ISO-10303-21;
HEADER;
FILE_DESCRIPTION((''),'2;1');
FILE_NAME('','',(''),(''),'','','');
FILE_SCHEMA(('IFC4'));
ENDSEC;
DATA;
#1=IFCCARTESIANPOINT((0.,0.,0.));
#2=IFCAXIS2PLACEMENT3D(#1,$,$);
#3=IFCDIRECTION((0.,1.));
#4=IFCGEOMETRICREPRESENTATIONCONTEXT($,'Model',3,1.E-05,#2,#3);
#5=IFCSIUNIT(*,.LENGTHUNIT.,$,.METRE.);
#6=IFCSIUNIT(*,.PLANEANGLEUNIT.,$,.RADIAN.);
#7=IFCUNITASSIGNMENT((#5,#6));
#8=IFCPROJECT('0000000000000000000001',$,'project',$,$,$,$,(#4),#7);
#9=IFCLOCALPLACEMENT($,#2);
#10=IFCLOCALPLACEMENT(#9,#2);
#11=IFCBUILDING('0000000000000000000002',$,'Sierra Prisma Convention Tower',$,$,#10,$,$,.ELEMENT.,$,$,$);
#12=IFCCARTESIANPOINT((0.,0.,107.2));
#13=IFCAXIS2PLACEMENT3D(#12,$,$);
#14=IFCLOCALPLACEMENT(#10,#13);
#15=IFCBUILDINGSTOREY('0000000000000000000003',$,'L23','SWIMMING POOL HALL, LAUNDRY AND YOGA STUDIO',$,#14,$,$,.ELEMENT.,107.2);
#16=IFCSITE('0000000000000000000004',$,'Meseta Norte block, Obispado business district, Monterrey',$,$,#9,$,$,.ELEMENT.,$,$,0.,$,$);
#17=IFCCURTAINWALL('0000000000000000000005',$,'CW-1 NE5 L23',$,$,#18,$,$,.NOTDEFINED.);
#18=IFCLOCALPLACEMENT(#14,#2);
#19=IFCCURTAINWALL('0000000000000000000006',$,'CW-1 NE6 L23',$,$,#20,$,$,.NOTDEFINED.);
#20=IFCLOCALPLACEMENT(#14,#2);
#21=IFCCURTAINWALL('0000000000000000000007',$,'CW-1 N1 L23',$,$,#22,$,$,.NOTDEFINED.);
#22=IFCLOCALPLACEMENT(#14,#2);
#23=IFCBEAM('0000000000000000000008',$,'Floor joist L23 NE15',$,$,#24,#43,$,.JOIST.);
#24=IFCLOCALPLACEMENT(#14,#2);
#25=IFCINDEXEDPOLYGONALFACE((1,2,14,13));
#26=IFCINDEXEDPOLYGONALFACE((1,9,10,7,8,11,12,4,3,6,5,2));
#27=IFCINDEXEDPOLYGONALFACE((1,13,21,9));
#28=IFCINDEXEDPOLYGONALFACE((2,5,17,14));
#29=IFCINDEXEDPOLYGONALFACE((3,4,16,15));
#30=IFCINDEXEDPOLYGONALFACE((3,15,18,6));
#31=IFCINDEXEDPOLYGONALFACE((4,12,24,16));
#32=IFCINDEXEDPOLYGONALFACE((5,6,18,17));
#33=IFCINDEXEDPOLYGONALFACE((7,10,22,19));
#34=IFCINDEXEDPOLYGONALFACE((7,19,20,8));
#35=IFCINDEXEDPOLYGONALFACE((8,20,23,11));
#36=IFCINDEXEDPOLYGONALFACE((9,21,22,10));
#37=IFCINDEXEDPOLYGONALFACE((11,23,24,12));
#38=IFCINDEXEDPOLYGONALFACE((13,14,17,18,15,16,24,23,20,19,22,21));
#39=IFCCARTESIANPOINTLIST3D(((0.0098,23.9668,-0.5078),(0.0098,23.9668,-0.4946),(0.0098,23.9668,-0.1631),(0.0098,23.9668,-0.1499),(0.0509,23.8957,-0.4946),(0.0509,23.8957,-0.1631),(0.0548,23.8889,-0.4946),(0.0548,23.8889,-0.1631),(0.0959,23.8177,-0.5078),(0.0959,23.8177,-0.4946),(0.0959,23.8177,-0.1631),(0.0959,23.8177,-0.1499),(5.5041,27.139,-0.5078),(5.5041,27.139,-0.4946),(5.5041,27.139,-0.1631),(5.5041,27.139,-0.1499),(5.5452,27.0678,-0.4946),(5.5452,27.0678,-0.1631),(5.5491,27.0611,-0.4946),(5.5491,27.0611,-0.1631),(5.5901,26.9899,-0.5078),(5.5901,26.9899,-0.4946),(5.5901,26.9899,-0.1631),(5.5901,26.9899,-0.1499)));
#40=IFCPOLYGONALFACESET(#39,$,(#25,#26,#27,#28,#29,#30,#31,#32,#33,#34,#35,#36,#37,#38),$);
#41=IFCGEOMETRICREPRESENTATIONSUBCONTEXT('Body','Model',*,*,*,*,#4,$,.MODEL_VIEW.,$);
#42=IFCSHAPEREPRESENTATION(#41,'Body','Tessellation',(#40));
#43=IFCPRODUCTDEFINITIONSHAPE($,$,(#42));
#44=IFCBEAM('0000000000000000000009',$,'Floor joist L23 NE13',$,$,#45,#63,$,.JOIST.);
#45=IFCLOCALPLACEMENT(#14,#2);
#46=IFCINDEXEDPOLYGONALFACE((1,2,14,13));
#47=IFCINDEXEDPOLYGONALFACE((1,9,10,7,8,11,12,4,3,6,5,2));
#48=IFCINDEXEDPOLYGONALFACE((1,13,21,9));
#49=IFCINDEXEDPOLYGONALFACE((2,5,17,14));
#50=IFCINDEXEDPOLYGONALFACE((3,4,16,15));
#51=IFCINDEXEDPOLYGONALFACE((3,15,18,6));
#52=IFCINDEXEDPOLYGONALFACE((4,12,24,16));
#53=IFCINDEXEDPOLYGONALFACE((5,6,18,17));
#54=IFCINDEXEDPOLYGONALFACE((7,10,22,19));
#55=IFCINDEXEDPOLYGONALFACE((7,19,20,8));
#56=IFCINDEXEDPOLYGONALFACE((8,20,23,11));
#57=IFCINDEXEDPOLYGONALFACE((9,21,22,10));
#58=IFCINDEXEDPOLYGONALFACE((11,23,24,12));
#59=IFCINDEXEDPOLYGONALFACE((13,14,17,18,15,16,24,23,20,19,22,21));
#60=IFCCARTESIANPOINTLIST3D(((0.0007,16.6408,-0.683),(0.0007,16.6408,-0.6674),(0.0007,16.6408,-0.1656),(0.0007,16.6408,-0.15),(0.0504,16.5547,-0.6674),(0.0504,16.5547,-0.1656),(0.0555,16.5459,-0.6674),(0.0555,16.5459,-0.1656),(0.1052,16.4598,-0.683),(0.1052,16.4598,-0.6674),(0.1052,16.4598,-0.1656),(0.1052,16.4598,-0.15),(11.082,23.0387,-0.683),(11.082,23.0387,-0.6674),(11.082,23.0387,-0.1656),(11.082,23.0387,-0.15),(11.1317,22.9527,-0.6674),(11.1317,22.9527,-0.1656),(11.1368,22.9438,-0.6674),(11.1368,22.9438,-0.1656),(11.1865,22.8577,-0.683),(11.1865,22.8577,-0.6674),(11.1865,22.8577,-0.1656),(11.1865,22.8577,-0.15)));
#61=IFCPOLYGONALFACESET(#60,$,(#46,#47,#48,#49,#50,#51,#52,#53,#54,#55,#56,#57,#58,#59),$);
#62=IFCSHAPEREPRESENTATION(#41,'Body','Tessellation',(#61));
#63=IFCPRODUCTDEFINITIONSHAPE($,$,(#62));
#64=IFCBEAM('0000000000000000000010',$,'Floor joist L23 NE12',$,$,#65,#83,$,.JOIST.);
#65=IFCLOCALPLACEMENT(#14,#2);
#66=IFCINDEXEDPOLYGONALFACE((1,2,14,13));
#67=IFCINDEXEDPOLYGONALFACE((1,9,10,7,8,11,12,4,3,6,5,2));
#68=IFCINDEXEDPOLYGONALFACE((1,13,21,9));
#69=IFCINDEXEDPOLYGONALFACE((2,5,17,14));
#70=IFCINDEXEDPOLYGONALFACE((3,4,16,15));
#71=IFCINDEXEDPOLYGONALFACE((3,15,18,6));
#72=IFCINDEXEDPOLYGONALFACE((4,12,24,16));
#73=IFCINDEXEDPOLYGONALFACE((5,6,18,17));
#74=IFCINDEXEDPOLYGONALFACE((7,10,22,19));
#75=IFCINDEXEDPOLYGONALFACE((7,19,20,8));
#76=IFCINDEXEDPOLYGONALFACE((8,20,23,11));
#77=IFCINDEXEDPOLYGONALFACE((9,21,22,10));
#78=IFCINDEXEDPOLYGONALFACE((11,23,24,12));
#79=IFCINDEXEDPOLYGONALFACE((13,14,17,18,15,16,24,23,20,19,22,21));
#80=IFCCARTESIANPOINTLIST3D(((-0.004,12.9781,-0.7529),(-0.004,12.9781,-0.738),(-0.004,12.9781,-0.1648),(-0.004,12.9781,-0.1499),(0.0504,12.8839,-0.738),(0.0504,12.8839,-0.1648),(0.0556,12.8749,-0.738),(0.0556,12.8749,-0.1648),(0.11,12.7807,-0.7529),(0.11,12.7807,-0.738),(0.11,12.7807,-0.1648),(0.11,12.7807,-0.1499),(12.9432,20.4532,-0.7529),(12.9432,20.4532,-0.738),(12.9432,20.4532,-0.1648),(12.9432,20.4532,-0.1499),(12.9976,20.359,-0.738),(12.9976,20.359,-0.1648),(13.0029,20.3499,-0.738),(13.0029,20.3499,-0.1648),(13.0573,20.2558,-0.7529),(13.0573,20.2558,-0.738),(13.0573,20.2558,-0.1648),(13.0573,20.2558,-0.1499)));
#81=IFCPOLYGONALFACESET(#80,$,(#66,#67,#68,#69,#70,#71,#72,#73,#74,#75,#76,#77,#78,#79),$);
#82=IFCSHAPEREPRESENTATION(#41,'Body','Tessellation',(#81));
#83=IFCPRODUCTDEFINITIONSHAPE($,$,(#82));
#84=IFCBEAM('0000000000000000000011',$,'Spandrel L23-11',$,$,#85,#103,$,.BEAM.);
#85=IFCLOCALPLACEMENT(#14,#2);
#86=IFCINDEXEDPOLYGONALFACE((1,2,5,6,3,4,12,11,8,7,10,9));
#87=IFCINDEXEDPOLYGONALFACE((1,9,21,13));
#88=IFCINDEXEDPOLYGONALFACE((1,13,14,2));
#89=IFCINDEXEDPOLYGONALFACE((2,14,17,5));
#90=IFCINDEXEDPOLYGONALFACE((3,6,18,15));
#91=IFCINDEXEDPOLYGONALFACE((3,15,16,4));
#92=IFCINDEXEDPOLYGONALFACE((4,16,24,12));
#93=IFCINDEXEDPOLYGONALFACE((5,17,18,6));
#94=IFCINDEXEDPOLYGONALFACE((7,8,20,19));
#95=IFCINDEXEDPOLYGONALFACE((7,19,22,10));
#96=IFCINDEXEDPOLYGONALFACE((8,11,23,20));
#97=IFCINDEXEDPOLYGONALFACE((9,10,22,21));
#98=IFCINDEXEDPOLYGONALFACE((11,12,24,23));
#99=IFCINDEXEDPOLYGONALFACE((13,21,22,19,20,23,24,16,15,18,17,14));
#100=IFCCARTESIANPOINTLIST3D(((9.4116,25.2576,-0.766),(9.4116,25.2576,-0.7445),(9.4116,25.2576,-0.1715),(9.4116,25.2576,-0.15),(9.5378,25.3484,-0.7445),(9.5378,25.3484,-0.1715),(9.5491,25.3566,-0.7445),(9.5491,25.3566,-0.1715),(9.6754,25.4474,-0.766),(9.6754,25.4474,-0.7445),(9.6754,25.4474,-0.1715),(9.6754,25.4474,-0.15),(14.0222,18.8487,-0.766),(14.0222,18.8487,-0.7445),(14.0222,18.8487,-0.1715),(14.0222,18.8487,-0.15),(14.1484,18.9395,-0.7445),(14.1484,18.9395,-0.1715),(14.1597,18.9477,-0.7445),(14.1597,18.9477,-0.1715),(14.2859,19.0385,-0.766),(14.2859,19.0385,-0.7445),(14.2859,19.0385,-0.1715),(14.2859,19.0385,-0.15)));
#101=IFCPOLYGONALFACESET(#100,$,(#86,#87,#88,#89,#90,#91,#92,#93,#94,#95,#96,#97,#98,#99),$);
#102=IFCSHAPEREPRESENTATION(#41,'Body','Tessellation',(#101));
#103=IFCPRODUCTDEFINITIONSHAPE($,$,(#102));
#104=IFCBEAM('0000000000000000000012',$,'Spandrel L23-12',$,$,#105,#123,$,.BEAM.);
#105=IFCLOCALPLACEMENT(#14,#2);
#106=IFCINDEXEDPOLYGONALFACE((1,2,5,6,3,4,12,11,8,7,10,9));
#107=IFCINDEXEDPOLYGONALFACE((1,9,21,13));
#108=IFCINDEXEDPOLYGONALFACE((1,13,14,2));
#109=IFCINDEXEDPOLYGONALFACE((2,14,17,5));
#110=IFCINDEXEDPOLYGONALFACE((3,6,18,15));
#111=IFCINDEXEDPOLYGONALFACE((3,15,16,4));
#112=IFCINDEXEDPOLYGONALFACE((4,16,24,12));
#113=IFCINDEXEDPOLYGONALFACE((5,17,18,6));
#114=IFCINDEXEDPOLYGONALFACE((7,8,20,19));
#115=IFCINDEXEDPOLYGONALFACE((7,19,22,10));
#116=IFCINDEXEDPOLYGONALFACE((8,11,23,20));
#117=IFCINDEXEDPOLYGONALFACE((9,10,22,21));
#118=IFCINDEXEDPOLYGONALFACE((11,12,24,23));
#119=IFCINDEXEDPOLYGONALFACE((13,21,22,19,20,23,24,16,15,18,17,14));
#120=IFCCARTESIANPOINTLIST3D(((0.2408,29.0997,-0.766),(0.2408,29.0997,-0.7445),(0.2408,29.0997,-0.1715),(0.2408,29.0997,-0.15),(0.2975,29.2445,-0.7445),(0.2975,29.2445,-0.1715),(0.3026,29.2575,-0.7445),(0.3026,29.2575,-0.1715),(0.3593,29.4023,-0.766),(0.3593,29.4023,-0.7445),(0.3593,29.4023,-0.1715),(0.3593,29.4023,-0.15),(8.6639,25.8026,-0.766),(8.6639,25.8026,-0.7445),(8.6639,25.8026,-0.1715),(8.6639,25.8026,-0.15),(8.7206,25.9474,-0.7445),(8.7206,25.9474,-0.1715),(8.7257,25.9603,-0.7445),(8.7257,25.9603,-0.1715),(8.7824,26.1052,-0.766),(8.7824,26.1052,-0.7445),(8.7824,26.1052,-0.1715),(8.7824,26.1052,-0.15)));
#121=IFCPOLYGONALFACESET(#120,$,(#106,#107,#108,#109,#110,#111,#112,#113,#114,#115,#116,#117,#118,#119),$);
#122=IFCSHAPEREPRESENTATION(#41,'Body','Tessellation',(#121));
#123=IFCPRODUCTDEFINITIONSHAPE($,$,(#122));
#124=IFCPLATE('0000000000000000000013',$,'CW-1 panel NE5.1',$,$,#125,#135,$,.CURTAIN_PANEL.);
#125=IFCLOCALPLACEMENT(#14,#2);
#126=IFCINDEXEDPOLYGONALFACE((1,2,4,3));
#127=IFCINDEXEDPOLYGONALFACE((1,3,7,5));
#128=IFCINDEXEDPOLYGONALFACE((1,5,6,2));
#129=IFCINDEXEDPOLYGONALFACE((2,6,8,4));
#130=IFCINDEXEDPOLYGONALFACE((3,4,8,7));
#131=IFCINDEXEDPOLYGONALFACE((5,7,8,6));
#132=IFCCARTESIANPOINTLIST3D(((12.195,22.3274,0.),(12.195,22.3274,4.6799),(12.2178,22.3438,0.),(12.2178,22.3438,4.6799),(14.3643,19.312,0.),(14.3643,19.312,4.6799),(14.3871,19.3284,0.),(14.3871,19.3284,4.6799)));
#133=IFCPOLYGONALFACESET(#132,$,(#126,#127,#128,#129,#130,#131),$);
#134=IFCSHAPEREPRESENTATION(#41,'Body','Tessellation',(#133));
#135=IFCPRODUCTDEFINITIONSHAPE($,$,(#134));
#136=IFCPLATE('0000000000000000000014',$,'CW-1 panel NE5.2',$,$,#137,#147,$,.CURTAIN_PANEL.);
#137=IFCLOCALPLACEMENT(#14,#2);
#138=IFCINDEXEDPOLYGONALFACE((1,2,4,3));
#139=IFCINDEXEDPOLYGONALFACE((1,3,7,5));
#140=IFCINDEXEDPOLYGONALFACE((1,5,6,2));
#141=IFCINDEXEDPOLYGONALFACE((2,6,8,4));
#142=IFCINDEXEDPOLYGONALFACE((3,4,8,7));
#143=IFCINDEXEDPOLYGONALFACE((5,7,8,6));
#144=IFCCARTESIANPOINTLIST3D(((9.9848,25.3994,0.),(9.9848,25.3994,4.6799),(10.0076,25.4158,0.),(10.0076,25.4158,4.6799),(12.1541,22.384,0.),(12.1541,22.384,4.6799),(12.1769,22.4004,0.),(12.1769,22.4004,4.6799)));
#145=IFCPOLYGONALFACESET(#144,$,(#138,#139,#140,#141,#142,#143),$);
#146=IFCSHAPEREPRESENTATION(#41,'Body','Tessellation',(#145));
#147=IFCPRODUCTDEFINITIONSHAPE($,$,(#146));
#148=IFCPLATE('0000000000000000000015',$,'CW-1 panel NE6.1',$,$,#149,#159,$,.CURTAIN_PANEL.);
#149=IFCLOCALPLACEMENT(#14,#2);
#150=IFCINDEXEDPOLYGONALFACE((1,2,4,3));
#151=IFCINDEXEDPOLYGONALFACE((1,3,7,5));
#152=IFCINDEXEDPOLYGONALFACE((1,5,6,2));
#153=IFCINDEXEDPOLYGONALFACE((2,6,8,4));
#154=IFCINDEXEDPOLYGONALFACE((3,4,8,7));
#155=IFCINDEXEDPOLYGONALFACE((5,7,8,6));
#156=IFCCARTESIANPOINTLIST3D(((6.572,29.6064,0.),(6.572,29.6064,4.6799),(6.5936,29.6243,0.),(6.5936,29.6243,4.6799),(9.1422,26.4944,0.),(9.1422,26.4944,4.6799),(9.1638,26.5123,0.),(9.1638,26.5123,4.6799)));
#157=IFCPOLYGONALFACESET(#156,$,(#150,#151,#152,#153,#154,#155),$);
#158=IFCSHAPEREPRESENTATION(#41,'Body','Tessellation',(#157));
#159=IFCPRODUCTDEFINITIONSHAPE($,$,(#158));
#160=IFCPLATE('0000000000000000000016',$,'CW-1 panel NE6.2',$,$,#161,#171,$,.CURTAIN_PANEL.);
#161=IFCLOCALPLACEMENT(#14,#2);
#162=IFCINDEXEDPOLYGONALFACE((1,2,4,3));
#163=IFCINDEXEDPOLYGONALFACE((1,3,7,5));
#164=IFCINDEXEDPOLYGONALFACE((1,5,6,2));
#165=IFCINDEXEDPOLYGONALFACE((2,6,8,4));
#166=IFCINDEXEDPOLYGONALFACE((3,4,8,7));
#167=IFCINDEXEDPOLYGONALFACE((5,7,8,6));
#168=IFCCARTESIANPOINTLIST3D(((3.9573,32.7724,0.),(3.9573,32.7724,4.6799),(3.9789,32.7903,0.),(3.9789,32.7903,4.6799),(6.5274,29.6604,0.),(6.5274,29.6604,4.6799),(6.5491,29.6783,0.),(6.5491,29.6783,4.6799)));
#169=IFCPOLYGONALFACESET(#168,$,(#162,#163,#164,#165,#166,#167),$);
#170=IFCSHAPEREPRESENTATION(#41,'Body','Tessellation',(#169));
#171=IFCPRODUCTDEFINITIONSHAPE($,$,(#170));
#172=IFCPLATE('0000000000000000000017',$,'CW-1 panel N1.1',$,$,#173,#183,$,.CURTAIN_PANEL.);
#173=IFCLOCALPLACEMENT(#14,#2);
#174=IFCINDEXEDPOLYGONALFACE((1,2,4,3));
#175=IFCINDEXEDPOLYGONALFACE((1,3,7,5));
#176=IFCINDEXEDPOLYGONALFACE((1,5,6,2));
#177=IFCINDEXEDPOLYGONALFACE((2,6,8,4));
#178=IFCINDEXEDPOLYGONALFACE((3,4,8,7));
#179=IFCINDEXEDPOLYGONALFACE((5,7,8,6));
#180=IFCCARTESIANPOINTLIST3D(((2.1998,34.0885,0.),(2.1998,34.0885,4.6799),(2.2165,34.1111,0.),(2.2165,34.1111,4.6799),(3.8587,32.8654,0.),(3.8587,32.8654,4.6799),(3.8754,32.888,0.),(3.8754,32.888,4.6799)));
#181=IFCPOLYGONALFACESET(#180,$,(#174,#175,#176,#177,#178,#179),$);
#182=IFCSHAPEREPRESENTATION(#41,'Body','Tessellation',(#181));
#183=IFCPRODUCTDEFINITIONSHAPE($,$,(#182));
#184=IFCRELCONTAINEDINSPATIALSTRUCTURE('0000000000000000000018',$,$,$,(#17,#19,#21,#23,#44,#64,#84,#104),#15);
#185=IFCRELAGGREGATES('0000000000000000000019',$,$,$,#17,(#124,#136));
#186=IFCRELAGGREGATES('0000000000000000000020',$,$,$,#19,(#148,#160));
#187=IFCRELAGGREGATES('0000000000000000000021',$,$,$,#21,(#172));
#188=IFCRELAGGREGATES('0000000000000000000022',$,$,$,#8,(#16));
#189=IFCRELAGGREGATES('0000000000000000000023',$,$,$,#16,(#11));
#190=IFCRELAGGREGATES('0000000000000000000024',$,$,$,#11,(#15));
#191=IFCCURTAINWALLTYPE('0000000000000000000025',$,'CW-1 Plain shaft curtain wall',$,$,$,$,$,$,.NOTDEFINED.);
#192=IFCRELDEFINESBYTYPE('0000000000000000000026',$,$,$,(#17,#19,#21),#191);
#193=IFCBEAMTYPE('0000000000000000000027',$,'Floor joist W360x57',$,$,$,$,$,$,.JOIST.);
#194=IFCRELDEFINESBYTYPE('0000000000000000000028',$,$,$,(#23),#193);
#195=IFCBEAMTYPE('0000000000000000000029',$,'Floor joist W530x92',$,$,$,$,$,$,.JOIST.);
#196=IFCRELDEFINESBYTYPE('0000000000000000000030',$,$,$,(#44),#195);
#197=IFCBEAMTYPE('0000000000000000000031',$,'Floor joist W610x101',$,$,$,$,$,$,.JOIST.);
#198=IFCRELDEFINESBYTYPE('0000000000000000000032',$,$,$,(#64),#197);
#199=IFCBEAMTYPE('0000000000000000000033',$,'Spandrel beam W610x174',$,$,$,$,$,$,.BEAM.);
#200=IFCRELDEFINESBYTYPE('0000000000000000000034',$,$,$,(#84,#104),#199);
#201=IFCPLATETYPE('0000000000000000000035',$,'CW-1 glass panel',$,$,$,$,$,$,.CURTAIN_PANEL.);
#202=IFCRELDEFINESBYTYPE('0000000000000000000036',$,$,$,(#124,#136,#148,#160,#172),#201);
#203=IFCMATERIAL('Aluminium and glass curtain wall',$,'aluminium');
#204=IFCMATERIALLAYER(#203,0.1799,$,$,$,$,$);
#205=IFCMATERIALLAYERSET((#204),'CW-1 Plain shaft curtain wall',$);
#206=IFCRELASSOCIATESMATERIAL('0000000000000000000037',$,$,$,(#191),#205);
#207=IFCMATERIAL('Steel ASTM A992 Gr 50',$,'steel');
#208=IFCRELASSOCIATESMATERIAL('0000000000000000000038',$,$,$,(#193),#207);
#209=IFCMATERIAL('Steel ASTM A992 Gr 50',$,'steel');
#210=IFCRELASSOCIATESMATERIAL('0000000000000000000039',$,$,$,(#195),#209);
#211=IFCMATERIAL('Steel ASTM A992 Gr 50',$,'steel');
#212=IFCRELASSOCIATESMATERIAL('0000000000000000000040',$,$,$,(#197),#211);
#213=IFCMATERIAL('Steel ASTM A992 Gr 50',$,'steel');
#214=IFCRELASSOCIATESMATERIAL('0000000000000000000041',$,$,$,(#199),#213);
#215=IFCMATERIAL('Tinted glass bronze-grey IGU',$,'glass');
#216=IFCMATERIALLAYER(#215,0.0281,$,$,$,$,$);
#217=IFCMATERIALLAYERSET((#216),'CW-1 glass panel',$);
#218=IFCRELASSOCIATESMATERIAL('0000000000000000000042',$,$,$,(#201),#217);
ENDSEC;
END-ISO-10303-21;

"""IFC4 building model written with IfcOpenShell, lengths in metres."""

from ifc_helpers import new_model, si_unit, direction, frame, origin, origin_2d, place, context, subcontext, project, spatial, rectangle, i_section, extrude, material, layer, layer_set, material_profile, profile_set, type_object, element, aggregate, save


model = new_model("IFC4")

# Units and contexts
model_context = context("Model", 3, precision=1e-05, world=origin(), true_north=direction((0.0, 1.0)))
body_context = subcontext(model_context, "Body", "Model", "MODEL_VIEW")
ifc_project = project(units=[si_unit("LENGTHUNIT", "METRE"), si_unit("PLANEANGLEUNIT", "RADIAN")], contexts=[model_context])

# Site, building, storey
site_placement = place(None, origin())
site = spatial("IfcSite", under=ifc_project, at=site_placement, Name="Meseta Norte block, Obispado business district, Monterrey", CompositionType="ELEMENT", RefElevation=0.0)
building_placement = place(site_placement, origin())
building = spatial("IfcBuilding", under=site, at=building_placement, Name="Sierra Prisma Convention Tower", CompositionType="ELEMENT")
storey_placement = place(building_placement, frame((0.0, 0.0, 107.2)))
storey = spatial("IfcBuildingStorey", under=building, at=storey_placement, Name="L23", Description="SWIMMING POOL HALL, LAUNDRY AND YOGA STUDIO", CompositionType="ELEMENT", Elevation=107.2)

# Shared definitions
ifc_material_1 = material(Name="Aluminium and glass curtain wall", Category="aluminium")
ifc_layer_1 = layer(ifc_material_1, 0.1799)
ifc_layer_set_1 = layer_set([ifc_layer_1], Name="CW-1 Plain shaft curtain wall")
curtain_wall_type = type_object("IfcCurtainWallType", Name="CW-1 Plain shaft curtain wall", PredefinedType="NOTDEFINED", material=ifc_layer_set_1)

# Curtain wall
curtain_wall_1_placement = place(storey_placement, origin())
curtain_wall_1 = element("IfcCurtainWall", 1, at=curtain_wall_1_placement, inside=storey, type_object=curtain_wall_type, Name="CW-1 NE5 L23", PredefinedType="NOTDEFINED")

# Curtain walls
curtain_wall_2_placement = place(storey_placement, origin())
curtain_wall_2 = element("IfcCurtainWall", 2, at=curtain_wall_2_placement, inside=storey, type_object=curtain_wall_type, Name="CW-1 NE6 L23", PredefinedType="NOTDEFINED")
curtain_wall_3_placement = place(storey_placement, origin())
curtain_wall_3 = element("IfcCurtainWall", 3, at=curtain_wall_3_placement, inside=storey, type_object=curtain_wall_type, Name="CW-1 N1 L23", PredefinedType="NOTDEFINED")

# Beams
ifc_material_2 = material(Name="Steel ASTM A992 Gr 50", Category="steel")
ifc_material_profile_1 = material_profile(ifc_material_2, i_section(OverallWidth=0.1721, OverallDepth=0.3579, WebThickness=0.0078, FlangeThickness=0.0132, at=origin_2d()), Name="W360x57")
ifc_profile_set_1 = profile_set([ifc_material_profile_1], Name="Steel ASTM A992 Gr 50")
beam_type_1 = type_object("IfcBeamType", Name="Floor joist W360x57", PredefinedType="JOIST", material=ifc_profile_set_1)
beam_1_placement = place(storey_placement, frame((5.5471, 27.0645, -0.3289), z_axis=(-0.86602, -0.500009, 0.0), x_axis=(0.500009, -0.86602, 0.0)))
element("IfcBeam", 4, at=beam_1_placement, inside=storey, type_object=beam_type_1, Name="Floor joist L23 NE15", PredefinedType="JOIST", context=body_context, shape_type="SweptSolid", body=[
    extrude(i_section(OverallWidth=0.1721, OverallDepth=0.3579, WebThickness=0.0078, FlangeThickness=0.0132, at=origin_2d()), origin(), (0.0, 0.0, 1.0), 6.3442),
])
ifc_material_3 = material(Name="Steel ASTM A992 Gr 50", Category="steel")
ifc_material_profile_2 = material_profile(ifc_material_3, i_section(OverallWidth=0.209, OverallDepth=0.533, WebThickness=0.0103, FlangeThickness=0.0156, at=origin_2d()), Name="W530x92")
ifc_profile_set_2 = profile_set([ifc_material_profile_2], Name="Steel ASTM A992 Gr 50")
beam_type_2 = type_object("IfcBeamType", Name="Floor joist W530x92", PredefinedType="JOIST", material=ifc_profile_set_2)
beam_2_placement = place(storey_placement, frame((11.1343, 22.9482, -0.4165), z_axis=(-0.86602, -0.500009, 0.0), x_axis=(0.500009, -0.86602, 0.0)))
element("IfcBeam", 5, at=beam_2_placement, inside=storey, type_object=beam_type_2, Name="Floor joist L23 NE13", PredefinedType="JOIST", context=body_context, shape_type="SweptSolid", body=[
    extrude(i_section(OverallWidth=0.209, OverallDepth=0.533, WebThickness=0.0103, FlangeThickness=0.0156, at=origin_2d()), origin(), (0.0, 0.0, 1.0), 12.7957),
])
ifc_material_4 = material(Name="Steel ASTM A992 Gr 50", Category="steel")
ifc_material_profile_3 = material_profile(ifc_material_4, i_section(OverallWidth=0.228, OverallDepth=0.603, WebThickness=0.0105, FlangeThickness=0.0149, at=origin_2d()), Name="W610x101")
ifc_profile_set_3 = profile_set([ifc_material_profile_3], Name="Steel ASTM A992 Gr 50")
beam_type_3 = type_object("IfcBeamType", Name="Floor joist W610x101", PredefinedType="JOIST", material=ifc_profile_set_3)
beam_3_placement = place(storey_placement, frame((13.0002, 20.3545, -0.4514), z_axis=(-0.866026, -0.5, 0.0), x_axis=(0.5, -0.866026, 0.0)))
element("IfcBeam", 6, at=beam_3_placement, inside=storey, type_object=beam_type_3, Name="Floor joist L23 NE12", PredefinedType="JOIST", context=body_context, shape_type="SweptSolid", body=[
    extrude(i_section(OverallWidth=0.228, OverallDepth=0.603, WebThickness=0.0105, FlangeThickness=0.0149, at=origin_2d()), origin(), (0.0, 0.0, 1.0), 14.9502),
])
ifc_material_5 = material(Name="Steel ASTM A992 Gr 50", Category="steel")
ifc_material_profile_4 = material_profile(ifc_material_5, i_section(OverallWidth=0.325, OverallDepth=0.616, WebThickness=0.0139, FlangeThickness=0.0215, at=origin_2d()), Name="W610x174")
ifc_profile_set_4 = profile_set([ifc_material_profile_4], Name="Steel ASTM A992 Gr 50")
beam_type_4 = type_object("IfcBeamType", Name="Spandrel beam W610x174", PredefinedType="BEAM", material=ifc_profile_set_4)
beam_4_placement = place(storey_placement, frame((14.1541, 18.9436, -0.458), z_axis=(-0.583985, 0.811765, 0.0), x_axis=(-0.811765, -0.583985, 0.0)))
element("IfcBeam", 7, at=beam_4_placement, inside=storey, type_object=beam_type_4, Name="Spandrel L23-11", PredefinedType="BEAM", context=body_context, shape_type="SweptSolid", body=[
    extrude(i_section(OverallWidth=0.325, OverallDepth=0.616, WebThickness=0.0139, FlangeThickness=0.0215, at=origin_2d()), origin(), (0.0, 0.0, 1.0), 7.895),
])
beam_5_placement = place(storey_placement, frame((8.7231, 25.9539, -0.458), z_axis=(-0.931201, 0.364507, 0.0), x_axis=(-0.364507, -0.931201, 0.0)))
element("IfcBeam", 8, at=beam_5_placement, inside=storey, type_object=beam_type_4, Name="Spandrel L23-12", PredefinedType="BEAM", context=body_context, shape_type="SweptSolid", body=[
    extrude(i_section(OverallWidth=0.325, OverallDepth=0.616, WebThickness=0.0139, FlangeThickness=0.0215, at=origin_2d()), origin(), (0.0, 0.0, 1.0), 9.0454),
])

# Plates
ifc_material_6 = material(Name="Tinted glass bronze-grey IGU", Category="glass")
ifc_layer_2 = layer(ifc_material_6, 0.0281)
ifc_layer_set_2 = layer_set([ifc_layer_2], Name="CW-1 glass panel")
plate_type = type_object("IfcPlateType", Name="CW-1 glass panel", PredefinedType="CURTAIN_PANEL", material=ifc_layer_set_2)
plate_1_placement = place(storey_placement, frame((13.291, 20.8279, 0.0), z_axis=(0.0, 0.0, 1.0), x_axis=(-0.583994, 0.811758, 0.0)))
plate_1 = element("IfcPlate", 9, at=plate_1_placement, type_object=plate_type, Name="CW-1 panel NE5.1", PredefinedType="CURTAIN_PANEL", context=body_context, shape_type="SweptSolid", body=[
    extrude(rectangle(XDim=3.7146, YDim=0.0281, at=origin_2d()), origin(), (0.0, 0.0, 1.0), 4.6799),
])
plate_2_placement = place(storey_placement, frame((11.0808, 23.8999, 0.0), z_axis=(0.0, 0.0, 1.0), x_axis=(-0.583994, 0.811758, 0.0)))
plate_2 = element("IfcPlate", 10, at=plate_2_placement, type_object=plate_type, Name="CW-1 panel NE5.2", PredefinedType="CURTAIN_PANEL", context=body_context, shape_type="SweptSolid", body=[
    extrude(rectangle(XDim=3.7146, YDim=0.0281, at=origin_2d()), origin(), (0.0, 0.0, 1.0), 4.6799),
])
aggregate(curtain_wall_1, [plate_1, plate_2])
plate_3_placement = place(storey_placement, frame((7.8679, 28.0593, 0.0), z_axis=(0.0, 0.0, 1.0), x_axis=(-0.636795, 0.771033, 0.0)))
plate_3 = element("IfcPlate", 11, at=plate_3_placement, type_object=plate_type, Name="CW-1 panel NE6.1", PredefinedType="CURTAIN_PANEL", context=body_context, shape_type="SweptSolid", body=[
    extrude(rectangle(XDim=4.0361, YDim=0.0281, at=origin_2d()), origin(), (0.0, 0.0, 1.0), 4.6799),
])
plate_4_placement = place(storey_placement, frame((5.2532, 31.2253, 0.0), z_axis=(0.0, 0.0, 1.0), x_axis=(-0.636795, 0.771033, 0.0)))
plate_4 = element("IfcPlate", 12, at=plate_4_placement, type_object=plate_type, Name="CW-1 panel NE6.2", PredefinedType="CURTAIN_PANEL", context=body_context, shape_type="SweptSolid", body=[
    extrude(rectangle(XDim=4.0361, YDim=0.0281, at=origin_2d()), origin(), (0.0, 0.0, 1.0), 4.6799),
])
aggregate(curtain_wall_2, [plate_3, plate_4])
plate_5_placement = place(storey_placement, frame((3.0376, 33.4883, 0.0), z_axis=(0.0, 0.0, 1.0), x_axis=(-0.804872, 0.593448, 0.0)))
plate_5 = element("IfcPlate", 13, at=plate_5_placement, type_object=plate_type, Name="CW-1 panel N1.1", PredefinedType="CURTAIN_PANEL", context=body_context, shape_type="SweptSolid", body=[
    extrude(rectangle(XDim=2.061, YDim=0.0281, at=origin_2d()), origin(), (0.0, 0.0, 1.0), 4.6799),
])
aggregate(curtain_wall_3, [plate_5])

save(model, "model.ifc")
